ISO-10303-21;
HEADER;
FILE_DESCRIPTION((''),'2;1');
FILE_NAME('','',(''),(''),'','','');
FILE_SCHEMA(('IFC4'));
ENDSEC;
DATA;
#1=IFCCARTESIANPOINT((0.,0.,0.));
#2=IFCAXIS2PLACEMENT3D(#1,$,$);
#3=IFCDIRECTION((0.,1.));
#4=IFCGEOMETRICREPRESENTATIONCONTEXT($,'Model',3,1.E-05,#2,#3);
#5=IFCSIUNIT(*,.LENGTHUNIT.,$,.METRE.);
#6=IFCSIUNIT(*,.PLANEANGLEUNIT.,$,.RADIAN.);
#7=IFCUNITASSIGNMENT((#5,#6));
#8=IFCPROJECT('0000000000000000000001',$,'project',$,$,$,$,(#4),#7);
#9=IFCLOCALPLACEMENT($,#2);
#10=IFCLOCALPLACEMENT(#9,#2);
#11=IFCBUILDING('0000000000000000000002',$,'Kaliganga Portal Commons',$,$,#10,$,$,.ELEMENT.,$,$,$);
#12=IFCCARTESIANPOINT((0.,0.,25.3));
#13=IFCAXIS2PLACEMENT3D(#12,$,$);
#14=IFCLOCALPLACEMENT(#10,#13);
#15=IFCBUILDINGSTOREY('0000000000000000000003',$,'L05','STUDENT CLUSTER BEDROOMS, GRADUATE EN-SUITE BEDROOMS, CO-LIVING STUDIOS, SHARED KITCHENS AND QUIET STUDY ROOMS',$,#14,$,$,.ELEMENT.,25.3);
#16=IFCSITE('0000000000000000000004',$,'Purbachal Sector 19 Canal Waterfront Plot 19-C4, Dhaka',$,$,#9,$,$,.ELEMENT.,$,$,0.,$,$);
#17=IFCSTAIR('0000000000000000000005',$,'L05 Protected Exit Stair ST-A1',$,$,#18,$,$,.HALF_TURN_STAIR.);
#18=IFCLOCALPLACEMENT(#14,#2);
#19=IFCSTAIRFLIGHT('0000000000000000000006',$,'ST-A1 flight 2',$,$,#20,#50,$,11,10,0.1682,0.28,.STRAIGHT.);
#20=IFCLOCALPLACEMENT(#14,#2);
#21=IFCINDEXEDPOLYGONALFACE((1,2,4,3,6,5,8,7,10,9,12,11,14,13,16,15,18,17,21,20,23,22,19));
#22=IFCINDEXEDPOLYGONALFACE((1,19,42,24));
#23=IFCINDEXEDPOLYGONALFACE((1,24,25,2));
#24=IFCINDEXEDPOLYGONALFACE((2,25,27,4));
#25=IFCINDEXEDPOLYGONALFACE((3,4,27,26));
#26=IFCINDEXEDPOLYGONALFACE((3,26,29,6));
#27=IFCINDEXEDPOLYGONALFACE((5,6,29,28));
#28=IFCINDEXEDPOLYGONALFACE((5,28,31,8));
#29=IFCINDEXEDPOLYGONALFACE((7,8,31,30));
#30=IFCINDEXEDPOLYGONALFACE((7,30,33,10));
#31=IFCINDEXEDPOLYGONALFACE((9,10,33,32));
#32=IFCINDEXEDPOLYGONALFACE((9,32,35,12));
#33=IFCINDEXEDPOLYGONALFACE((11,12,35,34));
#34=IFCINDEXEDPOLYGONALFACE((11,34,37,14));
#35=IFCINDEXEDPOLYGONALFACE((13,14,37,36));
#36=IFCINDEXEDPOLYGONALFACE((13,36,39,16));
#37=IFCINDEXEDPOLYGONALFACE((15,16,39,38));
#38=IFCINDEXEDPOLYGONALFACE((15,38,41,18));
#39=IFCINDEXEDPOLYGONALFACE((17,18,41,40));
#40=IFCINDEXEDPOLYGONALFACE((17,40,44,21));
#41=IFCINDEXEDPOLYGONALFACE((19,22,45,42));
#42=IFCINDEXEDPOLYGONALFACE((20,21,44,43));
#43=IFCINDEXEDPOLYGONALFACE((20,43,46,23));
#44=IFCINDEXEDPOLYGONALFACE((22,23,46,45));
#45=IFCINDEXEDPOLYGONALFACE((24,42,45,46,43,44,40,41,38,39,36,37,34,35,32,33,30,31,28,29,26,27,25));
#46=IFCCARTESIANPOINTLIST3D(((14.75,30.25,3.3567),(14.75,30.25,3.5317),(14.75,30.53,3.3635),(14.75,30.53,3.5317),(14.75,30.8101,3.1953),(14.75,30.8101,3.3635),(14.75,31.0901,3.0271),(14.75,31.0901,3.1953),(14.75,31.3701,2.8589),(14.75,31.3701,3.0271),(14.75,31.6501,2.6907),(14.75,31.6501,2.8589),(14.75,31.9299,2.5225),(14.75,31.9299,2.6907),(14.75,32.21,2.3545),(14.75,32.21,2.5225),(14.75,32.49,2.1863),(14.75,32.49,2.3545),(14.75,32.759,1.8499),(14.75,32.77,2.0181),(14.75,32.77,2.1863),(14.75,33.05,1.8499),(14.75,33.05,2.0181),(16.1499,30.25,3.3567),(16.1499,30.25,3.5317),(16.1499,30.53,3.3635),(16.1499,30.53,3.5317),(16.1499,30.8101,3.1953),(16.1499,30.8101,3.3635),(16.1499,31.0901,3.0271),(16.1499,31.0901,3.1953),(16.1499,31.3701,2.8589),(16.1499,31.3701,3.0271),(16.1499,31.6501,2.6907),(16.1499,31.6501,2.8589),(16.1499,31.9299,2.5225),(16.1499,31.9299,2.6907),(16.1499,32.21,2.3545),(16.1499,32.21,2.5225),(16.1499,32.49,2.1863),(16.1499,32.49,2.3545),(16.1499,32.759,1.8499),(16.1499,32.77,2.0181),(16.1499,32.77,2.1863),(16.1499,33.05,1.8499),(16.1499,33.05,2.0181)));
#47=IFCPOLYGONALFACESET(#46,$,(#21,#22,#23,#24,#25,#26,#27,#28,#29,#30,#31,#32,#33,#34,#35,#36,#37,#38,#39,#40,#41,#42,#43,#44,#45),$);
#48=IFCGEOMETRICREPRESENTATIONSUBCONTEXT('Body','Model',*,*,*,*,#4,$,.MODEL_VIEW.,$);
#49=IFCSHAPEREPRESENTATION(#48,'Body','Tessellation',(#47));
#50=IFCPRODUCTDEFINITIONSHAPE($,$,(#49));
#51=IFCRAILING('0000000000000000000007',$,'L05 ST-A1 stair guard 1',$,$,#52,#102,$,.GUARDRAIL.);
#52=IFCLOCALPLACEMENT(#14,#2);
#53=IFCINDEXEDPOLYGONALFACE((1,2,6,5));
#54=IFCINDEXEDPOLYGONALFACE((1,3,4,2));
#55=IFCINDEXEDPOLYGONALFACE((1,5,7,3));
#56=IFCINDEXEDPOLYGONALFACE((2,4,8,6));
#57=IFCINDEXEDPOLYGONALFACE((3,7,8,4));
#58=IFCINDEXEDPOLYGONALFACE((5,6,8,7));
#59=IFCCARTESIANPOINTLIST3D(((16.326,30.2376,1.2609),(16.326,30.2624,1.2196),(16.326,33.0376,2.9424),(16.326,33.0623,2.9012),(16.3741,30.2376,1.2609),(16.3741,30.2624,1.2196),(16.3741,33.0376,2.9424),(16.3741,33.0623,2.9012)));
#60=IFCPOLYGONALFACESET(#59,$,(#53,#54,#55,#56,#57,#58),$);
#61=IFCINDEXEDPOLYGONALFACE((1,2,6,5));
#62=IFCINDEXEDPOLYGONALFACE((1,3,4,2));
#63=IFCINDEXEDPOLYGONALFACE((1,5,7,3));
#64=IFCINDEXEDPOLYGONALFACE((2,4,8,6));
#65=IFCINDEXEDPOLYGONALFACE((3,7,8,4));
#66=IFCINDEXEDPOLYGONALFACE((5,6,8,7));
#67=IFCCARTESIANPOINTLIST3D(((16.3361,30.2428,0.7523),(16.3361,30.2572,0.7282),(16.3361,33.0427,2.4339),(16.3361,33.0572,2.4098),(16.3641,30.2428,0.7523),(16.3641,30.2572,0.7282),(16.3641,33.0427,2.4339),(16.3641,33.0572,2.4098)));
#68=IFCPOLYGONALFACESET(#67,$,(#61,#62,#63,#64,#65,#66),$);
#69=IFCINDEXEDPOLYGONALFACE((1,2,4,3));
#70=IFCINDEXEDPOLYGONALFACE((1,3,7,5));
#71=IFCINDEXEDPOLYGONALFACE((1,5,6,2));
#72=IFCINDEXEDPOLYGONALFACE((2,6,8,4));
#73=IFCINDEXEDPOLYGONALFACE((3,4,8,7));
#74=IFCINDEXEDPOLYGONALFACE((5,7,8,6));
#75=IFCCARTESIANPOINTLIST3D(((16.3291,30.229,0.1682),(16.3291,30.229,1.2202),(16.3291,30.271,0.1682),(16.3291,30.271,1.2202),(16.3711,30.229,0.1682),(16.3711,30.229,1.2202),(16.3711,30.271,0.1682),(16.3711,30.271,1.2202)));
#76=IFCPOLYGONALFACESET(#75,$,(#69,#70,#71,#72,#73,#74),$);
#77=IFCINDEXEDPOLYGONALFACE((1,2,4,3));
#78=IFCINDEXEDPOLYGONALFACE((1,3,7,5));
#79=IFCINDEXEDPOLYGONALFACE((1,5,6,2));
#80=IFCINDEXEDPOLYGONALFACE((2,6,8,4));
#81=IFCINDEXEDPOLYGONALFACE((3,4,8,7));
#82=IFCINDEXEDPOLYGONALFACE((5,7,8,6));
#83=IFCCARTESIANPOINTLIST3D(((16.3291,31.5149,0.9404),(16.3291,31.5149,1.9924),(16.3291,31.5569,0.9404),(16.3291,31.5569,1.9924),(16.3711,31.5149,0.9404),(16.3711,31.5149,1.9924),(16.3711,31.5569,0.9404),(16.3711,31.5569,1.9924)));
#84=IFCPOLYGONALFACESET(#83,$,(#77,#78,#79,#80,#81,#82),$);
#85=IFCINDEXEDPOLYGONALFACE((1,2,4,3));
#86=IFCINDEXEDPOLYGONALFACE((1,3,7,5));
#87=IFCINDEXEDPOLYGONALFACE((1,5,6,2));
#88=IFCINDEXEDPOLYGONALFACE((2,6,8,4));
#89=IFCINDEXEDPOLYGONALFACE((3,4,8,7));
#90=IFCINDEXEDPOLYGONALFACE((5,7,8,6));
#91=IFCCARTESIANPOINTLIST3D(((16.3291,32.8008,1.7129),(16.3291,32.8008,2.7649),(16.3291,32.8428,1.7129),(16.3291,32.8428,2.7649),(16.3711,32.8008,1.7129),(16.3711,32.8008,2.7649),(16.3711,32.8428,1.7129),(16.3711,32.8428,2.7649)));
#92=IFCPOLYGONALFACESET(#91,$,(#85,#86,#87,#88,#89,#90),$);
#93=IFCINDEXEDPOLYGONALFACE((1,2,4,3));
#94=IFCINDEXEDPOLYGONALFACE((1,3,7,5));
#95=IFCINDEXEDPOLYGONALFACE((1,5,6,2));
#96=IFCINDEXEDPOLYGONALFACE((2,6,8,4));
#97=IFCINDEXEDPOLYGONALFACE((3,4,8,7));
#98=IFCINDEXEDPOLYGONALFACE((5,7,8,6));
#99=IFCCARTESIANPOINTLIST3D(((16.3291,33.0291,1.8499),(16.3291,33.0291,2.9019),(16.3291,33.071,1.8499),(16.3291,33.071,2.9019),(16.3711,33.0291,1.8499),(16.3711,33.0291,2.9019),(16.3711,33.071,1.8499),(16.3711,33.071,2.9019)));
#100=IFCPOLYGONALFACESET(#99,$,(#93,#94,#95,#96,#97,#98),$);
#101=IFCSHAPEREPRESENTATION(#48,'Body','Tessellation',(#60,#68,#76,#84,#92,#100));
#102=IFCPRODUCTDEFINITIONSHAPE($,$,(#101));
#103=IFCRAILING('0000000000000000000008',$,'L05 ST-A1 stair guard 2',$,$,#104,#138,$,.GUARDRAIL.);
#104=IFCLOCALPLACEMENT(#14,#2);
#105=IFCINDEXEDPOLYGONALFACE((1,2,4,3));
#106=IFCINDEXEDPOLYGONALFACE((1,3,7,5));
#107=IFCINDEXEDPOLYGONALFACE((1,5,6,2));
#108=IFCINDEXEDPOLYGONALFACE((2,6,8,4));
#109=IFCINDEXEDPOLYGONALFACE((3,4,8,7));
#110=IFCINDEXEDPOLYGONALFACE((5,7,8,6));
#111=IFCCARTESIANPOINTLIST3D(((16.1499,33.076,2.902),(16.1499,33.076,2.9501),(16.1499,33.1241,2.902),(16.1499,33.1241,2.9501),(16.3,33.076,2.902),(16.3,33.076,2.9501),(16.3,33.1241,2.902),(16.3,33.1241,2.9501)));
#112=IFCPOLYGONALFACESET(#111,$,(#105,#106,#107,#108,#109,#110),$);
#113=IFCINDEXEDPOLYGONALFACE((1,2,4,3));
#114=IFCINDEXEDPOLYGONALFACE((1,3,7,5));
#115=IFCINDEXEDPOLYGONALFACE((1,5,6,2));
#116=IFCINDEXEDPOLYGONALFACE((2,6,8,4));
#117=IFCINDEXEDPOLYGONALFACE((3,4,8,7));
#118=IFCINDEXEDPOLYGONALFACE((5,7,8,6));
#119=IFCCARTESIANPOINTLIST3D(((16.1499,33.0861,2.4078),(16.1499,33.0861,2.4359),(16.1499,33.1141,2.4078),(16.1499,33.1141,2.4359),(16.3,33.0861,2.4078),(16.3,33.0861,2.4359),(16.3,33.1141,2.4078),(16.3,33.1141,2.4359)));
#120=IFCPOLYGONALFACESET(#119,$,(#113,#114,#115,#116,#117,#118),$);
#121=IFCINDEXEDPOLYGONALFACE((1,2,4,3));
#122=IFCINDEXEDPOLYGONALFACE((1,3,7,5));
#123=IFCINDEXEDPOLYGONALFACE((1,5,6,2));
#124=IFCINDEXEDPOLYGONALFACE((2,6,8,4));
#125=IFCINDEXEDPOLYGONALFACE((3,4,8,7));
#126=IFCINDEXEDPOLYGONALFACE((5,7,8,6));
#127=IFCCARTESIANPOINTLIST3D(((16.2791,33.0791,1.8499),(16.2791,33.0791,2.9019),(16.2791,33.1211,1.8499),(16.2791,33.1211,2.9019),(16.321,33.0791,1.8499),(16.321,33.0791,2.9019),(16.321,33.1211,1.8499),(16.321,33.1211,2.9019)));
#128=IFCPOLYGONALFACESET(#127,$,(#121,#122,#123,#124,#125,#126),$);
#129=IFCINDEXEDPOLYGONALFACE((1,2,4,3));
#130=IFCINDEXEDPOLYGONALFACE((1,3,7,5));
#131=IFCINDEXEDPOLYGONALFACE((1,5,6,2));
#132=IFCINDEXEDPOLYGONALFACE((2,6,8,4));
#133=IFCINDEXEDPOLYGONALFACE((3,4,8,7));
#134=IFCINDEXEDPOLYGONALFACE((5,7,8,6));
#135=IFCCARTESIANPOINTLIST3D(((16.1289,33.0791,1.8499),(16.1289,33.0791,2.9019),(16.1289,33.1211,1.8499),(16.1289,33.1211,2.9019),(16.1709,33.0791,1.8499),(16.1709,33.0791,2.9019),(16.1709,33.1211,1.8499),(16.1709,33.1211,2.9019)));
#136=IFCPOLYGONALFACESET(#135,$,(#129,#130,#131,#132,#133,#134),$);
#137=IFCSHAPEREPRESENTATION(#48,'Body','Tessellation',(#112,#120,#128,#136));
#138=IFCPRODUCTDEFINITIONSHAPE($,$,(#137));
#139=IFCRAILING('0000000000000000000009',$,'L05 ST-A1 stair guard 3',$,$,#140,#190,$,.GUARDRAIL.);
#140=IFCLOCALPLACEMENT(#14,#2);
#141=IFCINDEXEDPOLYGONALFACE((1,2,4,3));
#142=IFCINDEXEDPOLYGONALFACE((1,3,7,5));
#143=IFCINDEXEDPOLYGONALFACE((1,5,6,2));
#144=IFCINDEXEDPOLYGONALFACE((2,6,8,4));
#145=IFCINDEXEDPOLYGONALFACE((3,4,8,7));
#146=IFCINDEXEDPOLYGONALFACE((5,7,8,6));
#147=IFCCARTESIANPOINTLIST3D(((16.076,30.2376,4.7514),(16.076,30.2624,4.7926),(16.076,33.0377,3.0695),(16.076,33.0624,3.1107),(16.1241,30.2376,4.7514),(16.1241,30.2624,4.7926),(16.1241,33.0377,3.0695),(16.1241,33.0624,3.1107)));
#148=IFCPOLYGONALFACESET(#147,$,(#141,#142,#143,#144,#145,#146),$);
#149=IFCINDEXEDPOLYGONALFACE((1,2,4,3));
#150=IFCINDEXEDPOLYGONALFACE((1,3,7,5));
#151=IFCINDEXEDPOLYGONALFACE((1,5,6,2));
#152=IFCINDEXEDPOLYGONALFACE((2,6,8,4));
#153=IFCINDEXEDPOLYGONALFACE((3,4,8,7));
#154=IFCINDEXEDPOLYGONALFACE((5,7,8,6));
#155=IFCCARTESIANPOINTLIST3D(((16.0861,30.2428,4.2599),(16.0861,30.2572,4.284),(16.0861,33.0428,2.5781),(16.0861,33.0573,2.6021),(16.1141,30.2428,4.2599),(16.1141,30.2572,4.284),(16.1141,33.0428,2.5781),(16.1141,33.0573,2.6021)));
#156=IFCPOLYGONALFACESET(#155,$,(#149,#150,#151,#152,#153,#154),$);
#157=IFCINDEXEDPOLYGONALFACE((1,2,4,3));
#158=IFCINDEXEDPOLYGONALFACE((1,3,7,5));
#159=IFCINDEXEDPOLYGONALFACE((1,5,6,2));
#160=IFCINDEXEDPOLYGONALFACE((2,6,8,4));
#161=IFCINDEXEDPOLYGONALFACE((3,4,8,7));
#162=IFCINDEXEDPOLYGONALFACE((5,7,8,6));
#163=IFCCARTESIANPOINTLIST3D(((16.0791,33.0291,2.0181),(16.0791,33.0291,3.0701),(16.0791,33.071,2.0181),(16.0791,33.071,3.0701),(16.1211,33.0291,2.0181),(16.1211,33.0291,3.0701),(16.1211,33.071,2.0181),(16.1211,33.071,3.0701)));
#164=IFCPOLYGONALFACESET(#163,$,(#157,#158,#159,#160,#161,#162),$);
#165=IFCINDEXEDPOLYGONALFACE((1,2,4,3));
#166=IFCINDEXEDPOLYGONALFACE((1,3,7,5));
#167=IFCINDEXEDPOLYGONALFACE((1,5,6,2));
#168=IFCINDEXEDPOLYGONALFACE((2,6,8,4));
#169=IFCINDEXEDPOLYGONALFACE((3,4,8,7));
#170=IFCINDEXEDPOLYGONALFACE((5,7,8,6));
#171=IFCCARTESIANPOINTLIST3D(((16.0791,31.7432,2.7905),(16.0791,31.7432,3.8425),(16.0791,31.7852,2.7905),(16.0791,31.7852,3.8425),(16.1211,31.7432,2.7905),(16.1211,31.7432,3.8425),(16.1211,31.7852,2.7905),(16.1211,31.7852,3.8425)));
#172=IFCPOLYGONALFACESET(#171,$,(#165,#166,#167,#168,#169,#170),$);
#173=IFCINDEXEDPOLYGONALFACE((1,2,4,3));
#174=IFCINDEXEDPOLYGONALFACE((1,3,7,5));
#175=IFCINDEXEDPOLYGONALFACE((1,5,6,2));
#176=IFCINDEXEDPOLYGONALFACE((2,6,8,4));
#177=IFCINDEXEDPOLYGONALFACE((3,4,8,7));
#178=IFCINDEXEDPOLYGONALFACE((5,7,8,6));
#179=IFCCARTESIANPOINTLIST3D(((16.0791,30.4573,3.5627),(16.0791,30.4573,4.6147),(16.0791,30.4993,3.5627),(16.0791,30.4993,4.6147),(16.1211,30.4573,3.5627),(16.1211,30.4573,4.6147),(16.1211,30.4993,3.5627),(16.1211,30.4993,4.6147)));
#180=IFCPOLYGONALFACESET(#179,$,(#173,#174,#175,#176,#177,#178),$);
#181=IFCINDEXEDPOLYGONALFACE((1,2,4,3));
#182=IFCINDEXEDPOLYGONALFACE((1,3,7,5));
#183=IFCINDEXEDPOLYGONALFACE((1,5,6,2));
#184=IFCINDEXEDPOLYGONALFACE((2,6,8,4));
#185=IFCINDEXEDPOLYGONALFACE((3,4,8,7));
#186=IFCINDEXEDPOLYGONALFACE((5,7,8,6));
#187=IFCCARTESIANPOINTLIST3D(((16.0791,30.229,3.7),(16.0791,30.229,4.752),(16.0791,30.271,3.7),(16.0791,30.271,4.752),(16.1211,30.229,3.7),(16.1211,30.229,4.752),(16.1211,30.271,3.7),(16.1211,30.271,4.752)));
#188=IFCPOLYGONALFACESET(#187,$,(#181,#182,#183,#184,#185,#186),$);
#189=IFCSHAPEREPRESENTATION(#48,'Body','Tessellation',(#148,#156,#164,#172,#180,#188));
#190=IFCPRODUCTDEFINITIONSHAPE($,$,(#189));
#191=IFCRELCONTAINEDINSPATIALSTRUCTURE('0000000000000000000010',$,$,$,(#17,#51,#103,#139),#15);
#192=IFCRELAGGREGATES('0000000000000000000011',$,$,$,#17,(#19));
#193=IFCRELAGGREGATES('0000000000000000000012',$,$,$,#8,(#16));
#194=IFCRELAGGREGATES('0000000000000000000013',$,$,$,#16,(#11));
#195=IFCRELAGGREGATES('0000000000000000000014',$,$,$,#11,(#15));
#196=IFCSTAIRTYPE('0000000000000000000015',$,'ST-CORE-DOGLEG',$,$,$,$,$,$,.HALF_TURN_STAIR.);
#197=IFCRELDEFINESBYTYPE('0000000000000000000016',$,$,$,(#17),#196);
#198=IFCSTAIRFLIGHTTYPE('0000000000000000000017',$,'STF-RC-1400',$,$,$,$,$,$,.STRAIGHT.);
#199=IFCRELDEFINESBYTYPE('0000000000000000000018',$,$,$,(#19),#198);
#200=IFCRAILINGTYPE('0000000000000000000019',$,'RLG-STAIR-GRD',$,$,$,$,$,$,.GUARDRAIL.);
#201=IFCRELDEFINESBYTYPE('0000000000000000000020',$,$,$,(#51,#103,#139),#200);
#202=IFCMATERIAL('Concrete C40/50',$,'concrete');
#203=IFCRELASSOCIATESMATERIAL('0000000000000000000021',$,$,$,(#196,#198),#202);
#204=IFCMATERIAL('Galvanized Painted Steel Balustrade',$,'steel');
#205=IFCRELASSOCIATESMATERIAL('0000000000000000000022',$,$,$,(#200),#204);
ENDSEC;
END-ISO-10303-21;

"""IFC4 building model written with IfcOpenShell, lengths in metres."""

from ifc_helpers import new_model, si_unit, direction, frame, origin, origin_2d, place, context, subcontext, project, spatial, polyline, rectangle, outline, extrude, material, type_object, element, aggregate, save


model = new_model("IFC4")

# Units and contexts
model_context = context("Model", 3, precision=1e-05, world=origin(), true_north=direction((0.0, 1.0)))
body_context = subcontext(model_context, "Body", "Model", "MODEL_VIEW")
ifc_project = project(units=[si_unit("LENGTHUNIT", "METRE"), si_unit("PLANEANGLEUNIT", "RADIAN")], contexts=[model_context])

# Site, building, storey
site_placement = place(None, origin())
site = spatial("IfcSite", under=ifc_project, at=site_placement, Name="Purbachal Sector 19 Canal Waterfront Plot 19-C4, Dhaka", CompositionType="ELEMENT", RefElevation=0.0)
building_placement = place(site_placement, origin())
building = spatial("IfcBuilding", under=site, at=building_placement, Name="Kaliganga Portal Commons", CompositionType="ELEMENT")
storey_placement = place(building_placement, frame((0.0, 0.0, 25.3)))
storey = spatial("IfcBuildingStorey", under=building, at=storey_placement, Name="L05", Description="STUDENT CLUSTER BEDROOMS, GRADUATE EN-SUITE BEDROOMS, CO-LIVING STUDIOS, SHARED KITCHENS AND QUIET STUDY ROOMS", CompositionType="ELEMENT", Elevation=25.3)

# Stair, stair flight
ifc_material_1 = material(Name="Concrete C40/50", Category="concrete")
stair_type = type_object("IfcStairType", Name="ST-CORE-DOGLEG", PredefinedType="HALF_TURN_STAIR", material=ifc_material_1)
stair_placement = place(storey_placement, origin())
stair = element("IfcStair", 1, at=stair_placement, inside=storey, type_object=stair_type, Name="L05 Protected Exit Stair ST-A1", PredefinedType="HALF_TURN_STAIR")
stair_flight_type = type_object("IfcStairFlightType", Name="STF-RC-1400", PredefinedType="STRAIGHT", material=ifc_material_1)
stair_flight_1_placement = place(storey_placement, frame((15.45, 33.05, 1.8499), z_axis=(0.0, 0.0, 1.0), x_axis=(0.0, -1.0, 0.0)))
stair_flight_1 = element("IfcStairFlight", 2, at=stair_flight_1_placement, type_object=stair_flight_type, Name="ST-A1 flight 2", NumberOfRisers=11, NumberOfTreads=10, PredefinedType="STRAIGHT", RiserHeight=0.1682, TreadLength=0.28, context=body_context, shape_type="SweptSolid", body=[
    extrude(outline(polyline([(0.0, 0.0), (0.0, 0.1682), (0.28, 0.1682), (0.28, 0.3364), (0.5601, 0.3364), (0.5601, 0.5046), (0.8401, 0.5046), (0.8401, 0.6726), (1.1201, 0.6726), (1.1201, 0.8408), (1.3999, 0.8408), (1.3999, 1.009), (1.6799, 1.009), (1.6799, 1.1772), (1.96, 1.1772), (1.96, 1.3455), (2.24, 1.3455), (2.24, 1.5137), (2.52, 1.5137), (2.52, 1.6819), (2.8, 1.6819), (2.8, 1.8501), (2.8, 1.5068), (0.291, 0.0), (0.0, 0.0)])), frame((0.0, 0.7, 0.0), z_axis=(0.0, -1.0, 0.0), x_axis=(1.0, 0.0, 0.0)), (0.0, 0.0, 1.0), 1.3999),
])
aggregate(stair, [stair_flight_1])

# Railings
ifc_material_2 = material(Name="Galvanized Painted Steel Balustrade", Category="steel")
railing_type_1 = type_object("IfcRailingType", Name="RLG-STAIR-GRD", PredefinedType="GUARDRAIL", material=ifc_material_2)
railing_1_placement = place(storey_placement, frame((16.3501, 30.25, 0.1682)))
element("IfcRailing", 3, at=railing_1_placement, inside=storey, type_object=railing_type_1, Name="L05 ST-A1 stair guard 1", PredefinedType="GUARDRAIL", context=body_context, shape_type="SweptSolid", body=[
    extrude(rectangle(XDim=0.0481, YDim=0.0481, at=origin_2d()), frame((0.0, 0.0, 1.072), z_axis=(0.0, 0.857275, 0.514858), x_axis=(-1.0, 0.0, 0.0)), (0.0, 0.0, 1.0), 3.2661),
    extrude(rectangle(XDim=0.0281, YDim=0.0281, at=origin_2d()), frame((0.0, 0.0, 0.572), z_axis=(0.0, 0.857275, 0.514858), x_axis=(-1.0, 0.0, 0.0)), (0.0, 0.0, 1.0), 3.2661),
    extrude(rectangle(XDim=0.042, YDim=0.042, at=origin_2d()), origin(), (0.0, 0.0, 1.0), 1.052),
    extrude(rectangle(XDim=0.042, YDim=0.042, at=origin_2d()), frame((0.0, 1.2859, 0.7722)), (0.0, 0.0, 1.0), 1.052),
    extrude(rectangle(XDim=0.042, YDim=0.042, at=origin_2d()), frame((0.0, 2.5718, 1.5447)), (0.0, 0.0, 1.0), 1.052),
    extrude(rectangle(XDim=0.042, YDim=0.042, at=origin_2d()), frame((0.0, 2.8, 1.6816)), (0.0, 0.0, 1.0), 1.052),
])
railing_2_placement = place(storey_placement, frame((16.3, 33.1001, 1.8499)))
element("IfcRailing", 4, at=railing_2_placement, inside=storey, type_object=railing_type_1, Name="L05 ST-A1 stair guard 2", PredefinedType="GUARDRAIL", context=body_context, shape_type="SweptSolid", body=[
    extrude(rectangle(XDim=0.0481, YDim=0.0481, at=origin_2d()), frame((0.0, 0.0, 1.0762), z_axis=(-1.0, 0.0, 0.0), x_axis=(0.0, -1.0, 0.0)), (0.0, 0.0, 1.0), 0.1501),
    extrude(rectangle(XDim=0.0281, YDim=0.0281, at=origin_2d()), frame((0.0, 0.0, 0.572), z_axis=(-1.0, 0.0, 0.0), x_axis=(0.0, -1.0, 0.0)), (0.0, 0.0, 1.0), 0.1501),
    extrude(rectangle(XDim=0.042, YDim=0.042, at=origin_2d()), origin(), (0.0, 0.0, 1.0), 1.052),
    extrude(rectangle(XDim=0.042, YDim=0.042, at=origin_2d()), frame((-0.1501, 0.0, 0.0)), (0.0, 0.0, 1.0), 1.052),
])
railing_3_placement = place(storey_placement, frame((16.1001, 33.05, 2.0181)))
element("IfcRailing", 5, at=railing_3_placement, inside=storey, type_object=railing_type_1, Name="L05 ST-A1 stair guard 3", PredefinedType="GUARDRAIL", context=body_context, shape_type="SweptSolid", body=[
    extrude(rectangle(XDim=0.0481, YDim=0.0481, at=origin_2d()), frame((0.0, 0.0, 1.072), z_axis=(0.0, -0.857242, 0.514913), x_axis=(1.0, 0.0, 0.0)), (0.0, 0.0, 1.0), 3.2664),
    extrude(rectangle(XDim=0.0281, YDim=0.0281, at=origin_2d()), frame((0.0, 0.0, 0.572), z_axis=(0.0, -0.857242, 0.514913), x_axis=(1.0, 0.0, 0.0)), (0.0, 0.0, 1.0), 3.2664),
    extrude(rectangle(XDim=0.042, YDim=0.042, at=origin_2d()), origin(), (0.0, 0.0, 1.0), 1.052),
    extrude(rectangle(XDim=0.042, YDim=0.042, at=origin_2d()), frame((0.0, -1.2859, 0.7725)), (0.0, 0.0, 1.0), 1.052),
    extrude(rectangle(XDim=0.042, YDim=0.042, at=origin_2d()), frame((0.0, -2.5718, 1.5447)), (0.0, 0.0, 1.0), 1.052),
    extrude(rectangle(XDim=0.042, YDim=0.042, at=origin_2d()), frame((0.0, -2.8, 1.6819)), (0.0, 0.0, 1.0), 1.052),
])

save(model, "model.ifc")
